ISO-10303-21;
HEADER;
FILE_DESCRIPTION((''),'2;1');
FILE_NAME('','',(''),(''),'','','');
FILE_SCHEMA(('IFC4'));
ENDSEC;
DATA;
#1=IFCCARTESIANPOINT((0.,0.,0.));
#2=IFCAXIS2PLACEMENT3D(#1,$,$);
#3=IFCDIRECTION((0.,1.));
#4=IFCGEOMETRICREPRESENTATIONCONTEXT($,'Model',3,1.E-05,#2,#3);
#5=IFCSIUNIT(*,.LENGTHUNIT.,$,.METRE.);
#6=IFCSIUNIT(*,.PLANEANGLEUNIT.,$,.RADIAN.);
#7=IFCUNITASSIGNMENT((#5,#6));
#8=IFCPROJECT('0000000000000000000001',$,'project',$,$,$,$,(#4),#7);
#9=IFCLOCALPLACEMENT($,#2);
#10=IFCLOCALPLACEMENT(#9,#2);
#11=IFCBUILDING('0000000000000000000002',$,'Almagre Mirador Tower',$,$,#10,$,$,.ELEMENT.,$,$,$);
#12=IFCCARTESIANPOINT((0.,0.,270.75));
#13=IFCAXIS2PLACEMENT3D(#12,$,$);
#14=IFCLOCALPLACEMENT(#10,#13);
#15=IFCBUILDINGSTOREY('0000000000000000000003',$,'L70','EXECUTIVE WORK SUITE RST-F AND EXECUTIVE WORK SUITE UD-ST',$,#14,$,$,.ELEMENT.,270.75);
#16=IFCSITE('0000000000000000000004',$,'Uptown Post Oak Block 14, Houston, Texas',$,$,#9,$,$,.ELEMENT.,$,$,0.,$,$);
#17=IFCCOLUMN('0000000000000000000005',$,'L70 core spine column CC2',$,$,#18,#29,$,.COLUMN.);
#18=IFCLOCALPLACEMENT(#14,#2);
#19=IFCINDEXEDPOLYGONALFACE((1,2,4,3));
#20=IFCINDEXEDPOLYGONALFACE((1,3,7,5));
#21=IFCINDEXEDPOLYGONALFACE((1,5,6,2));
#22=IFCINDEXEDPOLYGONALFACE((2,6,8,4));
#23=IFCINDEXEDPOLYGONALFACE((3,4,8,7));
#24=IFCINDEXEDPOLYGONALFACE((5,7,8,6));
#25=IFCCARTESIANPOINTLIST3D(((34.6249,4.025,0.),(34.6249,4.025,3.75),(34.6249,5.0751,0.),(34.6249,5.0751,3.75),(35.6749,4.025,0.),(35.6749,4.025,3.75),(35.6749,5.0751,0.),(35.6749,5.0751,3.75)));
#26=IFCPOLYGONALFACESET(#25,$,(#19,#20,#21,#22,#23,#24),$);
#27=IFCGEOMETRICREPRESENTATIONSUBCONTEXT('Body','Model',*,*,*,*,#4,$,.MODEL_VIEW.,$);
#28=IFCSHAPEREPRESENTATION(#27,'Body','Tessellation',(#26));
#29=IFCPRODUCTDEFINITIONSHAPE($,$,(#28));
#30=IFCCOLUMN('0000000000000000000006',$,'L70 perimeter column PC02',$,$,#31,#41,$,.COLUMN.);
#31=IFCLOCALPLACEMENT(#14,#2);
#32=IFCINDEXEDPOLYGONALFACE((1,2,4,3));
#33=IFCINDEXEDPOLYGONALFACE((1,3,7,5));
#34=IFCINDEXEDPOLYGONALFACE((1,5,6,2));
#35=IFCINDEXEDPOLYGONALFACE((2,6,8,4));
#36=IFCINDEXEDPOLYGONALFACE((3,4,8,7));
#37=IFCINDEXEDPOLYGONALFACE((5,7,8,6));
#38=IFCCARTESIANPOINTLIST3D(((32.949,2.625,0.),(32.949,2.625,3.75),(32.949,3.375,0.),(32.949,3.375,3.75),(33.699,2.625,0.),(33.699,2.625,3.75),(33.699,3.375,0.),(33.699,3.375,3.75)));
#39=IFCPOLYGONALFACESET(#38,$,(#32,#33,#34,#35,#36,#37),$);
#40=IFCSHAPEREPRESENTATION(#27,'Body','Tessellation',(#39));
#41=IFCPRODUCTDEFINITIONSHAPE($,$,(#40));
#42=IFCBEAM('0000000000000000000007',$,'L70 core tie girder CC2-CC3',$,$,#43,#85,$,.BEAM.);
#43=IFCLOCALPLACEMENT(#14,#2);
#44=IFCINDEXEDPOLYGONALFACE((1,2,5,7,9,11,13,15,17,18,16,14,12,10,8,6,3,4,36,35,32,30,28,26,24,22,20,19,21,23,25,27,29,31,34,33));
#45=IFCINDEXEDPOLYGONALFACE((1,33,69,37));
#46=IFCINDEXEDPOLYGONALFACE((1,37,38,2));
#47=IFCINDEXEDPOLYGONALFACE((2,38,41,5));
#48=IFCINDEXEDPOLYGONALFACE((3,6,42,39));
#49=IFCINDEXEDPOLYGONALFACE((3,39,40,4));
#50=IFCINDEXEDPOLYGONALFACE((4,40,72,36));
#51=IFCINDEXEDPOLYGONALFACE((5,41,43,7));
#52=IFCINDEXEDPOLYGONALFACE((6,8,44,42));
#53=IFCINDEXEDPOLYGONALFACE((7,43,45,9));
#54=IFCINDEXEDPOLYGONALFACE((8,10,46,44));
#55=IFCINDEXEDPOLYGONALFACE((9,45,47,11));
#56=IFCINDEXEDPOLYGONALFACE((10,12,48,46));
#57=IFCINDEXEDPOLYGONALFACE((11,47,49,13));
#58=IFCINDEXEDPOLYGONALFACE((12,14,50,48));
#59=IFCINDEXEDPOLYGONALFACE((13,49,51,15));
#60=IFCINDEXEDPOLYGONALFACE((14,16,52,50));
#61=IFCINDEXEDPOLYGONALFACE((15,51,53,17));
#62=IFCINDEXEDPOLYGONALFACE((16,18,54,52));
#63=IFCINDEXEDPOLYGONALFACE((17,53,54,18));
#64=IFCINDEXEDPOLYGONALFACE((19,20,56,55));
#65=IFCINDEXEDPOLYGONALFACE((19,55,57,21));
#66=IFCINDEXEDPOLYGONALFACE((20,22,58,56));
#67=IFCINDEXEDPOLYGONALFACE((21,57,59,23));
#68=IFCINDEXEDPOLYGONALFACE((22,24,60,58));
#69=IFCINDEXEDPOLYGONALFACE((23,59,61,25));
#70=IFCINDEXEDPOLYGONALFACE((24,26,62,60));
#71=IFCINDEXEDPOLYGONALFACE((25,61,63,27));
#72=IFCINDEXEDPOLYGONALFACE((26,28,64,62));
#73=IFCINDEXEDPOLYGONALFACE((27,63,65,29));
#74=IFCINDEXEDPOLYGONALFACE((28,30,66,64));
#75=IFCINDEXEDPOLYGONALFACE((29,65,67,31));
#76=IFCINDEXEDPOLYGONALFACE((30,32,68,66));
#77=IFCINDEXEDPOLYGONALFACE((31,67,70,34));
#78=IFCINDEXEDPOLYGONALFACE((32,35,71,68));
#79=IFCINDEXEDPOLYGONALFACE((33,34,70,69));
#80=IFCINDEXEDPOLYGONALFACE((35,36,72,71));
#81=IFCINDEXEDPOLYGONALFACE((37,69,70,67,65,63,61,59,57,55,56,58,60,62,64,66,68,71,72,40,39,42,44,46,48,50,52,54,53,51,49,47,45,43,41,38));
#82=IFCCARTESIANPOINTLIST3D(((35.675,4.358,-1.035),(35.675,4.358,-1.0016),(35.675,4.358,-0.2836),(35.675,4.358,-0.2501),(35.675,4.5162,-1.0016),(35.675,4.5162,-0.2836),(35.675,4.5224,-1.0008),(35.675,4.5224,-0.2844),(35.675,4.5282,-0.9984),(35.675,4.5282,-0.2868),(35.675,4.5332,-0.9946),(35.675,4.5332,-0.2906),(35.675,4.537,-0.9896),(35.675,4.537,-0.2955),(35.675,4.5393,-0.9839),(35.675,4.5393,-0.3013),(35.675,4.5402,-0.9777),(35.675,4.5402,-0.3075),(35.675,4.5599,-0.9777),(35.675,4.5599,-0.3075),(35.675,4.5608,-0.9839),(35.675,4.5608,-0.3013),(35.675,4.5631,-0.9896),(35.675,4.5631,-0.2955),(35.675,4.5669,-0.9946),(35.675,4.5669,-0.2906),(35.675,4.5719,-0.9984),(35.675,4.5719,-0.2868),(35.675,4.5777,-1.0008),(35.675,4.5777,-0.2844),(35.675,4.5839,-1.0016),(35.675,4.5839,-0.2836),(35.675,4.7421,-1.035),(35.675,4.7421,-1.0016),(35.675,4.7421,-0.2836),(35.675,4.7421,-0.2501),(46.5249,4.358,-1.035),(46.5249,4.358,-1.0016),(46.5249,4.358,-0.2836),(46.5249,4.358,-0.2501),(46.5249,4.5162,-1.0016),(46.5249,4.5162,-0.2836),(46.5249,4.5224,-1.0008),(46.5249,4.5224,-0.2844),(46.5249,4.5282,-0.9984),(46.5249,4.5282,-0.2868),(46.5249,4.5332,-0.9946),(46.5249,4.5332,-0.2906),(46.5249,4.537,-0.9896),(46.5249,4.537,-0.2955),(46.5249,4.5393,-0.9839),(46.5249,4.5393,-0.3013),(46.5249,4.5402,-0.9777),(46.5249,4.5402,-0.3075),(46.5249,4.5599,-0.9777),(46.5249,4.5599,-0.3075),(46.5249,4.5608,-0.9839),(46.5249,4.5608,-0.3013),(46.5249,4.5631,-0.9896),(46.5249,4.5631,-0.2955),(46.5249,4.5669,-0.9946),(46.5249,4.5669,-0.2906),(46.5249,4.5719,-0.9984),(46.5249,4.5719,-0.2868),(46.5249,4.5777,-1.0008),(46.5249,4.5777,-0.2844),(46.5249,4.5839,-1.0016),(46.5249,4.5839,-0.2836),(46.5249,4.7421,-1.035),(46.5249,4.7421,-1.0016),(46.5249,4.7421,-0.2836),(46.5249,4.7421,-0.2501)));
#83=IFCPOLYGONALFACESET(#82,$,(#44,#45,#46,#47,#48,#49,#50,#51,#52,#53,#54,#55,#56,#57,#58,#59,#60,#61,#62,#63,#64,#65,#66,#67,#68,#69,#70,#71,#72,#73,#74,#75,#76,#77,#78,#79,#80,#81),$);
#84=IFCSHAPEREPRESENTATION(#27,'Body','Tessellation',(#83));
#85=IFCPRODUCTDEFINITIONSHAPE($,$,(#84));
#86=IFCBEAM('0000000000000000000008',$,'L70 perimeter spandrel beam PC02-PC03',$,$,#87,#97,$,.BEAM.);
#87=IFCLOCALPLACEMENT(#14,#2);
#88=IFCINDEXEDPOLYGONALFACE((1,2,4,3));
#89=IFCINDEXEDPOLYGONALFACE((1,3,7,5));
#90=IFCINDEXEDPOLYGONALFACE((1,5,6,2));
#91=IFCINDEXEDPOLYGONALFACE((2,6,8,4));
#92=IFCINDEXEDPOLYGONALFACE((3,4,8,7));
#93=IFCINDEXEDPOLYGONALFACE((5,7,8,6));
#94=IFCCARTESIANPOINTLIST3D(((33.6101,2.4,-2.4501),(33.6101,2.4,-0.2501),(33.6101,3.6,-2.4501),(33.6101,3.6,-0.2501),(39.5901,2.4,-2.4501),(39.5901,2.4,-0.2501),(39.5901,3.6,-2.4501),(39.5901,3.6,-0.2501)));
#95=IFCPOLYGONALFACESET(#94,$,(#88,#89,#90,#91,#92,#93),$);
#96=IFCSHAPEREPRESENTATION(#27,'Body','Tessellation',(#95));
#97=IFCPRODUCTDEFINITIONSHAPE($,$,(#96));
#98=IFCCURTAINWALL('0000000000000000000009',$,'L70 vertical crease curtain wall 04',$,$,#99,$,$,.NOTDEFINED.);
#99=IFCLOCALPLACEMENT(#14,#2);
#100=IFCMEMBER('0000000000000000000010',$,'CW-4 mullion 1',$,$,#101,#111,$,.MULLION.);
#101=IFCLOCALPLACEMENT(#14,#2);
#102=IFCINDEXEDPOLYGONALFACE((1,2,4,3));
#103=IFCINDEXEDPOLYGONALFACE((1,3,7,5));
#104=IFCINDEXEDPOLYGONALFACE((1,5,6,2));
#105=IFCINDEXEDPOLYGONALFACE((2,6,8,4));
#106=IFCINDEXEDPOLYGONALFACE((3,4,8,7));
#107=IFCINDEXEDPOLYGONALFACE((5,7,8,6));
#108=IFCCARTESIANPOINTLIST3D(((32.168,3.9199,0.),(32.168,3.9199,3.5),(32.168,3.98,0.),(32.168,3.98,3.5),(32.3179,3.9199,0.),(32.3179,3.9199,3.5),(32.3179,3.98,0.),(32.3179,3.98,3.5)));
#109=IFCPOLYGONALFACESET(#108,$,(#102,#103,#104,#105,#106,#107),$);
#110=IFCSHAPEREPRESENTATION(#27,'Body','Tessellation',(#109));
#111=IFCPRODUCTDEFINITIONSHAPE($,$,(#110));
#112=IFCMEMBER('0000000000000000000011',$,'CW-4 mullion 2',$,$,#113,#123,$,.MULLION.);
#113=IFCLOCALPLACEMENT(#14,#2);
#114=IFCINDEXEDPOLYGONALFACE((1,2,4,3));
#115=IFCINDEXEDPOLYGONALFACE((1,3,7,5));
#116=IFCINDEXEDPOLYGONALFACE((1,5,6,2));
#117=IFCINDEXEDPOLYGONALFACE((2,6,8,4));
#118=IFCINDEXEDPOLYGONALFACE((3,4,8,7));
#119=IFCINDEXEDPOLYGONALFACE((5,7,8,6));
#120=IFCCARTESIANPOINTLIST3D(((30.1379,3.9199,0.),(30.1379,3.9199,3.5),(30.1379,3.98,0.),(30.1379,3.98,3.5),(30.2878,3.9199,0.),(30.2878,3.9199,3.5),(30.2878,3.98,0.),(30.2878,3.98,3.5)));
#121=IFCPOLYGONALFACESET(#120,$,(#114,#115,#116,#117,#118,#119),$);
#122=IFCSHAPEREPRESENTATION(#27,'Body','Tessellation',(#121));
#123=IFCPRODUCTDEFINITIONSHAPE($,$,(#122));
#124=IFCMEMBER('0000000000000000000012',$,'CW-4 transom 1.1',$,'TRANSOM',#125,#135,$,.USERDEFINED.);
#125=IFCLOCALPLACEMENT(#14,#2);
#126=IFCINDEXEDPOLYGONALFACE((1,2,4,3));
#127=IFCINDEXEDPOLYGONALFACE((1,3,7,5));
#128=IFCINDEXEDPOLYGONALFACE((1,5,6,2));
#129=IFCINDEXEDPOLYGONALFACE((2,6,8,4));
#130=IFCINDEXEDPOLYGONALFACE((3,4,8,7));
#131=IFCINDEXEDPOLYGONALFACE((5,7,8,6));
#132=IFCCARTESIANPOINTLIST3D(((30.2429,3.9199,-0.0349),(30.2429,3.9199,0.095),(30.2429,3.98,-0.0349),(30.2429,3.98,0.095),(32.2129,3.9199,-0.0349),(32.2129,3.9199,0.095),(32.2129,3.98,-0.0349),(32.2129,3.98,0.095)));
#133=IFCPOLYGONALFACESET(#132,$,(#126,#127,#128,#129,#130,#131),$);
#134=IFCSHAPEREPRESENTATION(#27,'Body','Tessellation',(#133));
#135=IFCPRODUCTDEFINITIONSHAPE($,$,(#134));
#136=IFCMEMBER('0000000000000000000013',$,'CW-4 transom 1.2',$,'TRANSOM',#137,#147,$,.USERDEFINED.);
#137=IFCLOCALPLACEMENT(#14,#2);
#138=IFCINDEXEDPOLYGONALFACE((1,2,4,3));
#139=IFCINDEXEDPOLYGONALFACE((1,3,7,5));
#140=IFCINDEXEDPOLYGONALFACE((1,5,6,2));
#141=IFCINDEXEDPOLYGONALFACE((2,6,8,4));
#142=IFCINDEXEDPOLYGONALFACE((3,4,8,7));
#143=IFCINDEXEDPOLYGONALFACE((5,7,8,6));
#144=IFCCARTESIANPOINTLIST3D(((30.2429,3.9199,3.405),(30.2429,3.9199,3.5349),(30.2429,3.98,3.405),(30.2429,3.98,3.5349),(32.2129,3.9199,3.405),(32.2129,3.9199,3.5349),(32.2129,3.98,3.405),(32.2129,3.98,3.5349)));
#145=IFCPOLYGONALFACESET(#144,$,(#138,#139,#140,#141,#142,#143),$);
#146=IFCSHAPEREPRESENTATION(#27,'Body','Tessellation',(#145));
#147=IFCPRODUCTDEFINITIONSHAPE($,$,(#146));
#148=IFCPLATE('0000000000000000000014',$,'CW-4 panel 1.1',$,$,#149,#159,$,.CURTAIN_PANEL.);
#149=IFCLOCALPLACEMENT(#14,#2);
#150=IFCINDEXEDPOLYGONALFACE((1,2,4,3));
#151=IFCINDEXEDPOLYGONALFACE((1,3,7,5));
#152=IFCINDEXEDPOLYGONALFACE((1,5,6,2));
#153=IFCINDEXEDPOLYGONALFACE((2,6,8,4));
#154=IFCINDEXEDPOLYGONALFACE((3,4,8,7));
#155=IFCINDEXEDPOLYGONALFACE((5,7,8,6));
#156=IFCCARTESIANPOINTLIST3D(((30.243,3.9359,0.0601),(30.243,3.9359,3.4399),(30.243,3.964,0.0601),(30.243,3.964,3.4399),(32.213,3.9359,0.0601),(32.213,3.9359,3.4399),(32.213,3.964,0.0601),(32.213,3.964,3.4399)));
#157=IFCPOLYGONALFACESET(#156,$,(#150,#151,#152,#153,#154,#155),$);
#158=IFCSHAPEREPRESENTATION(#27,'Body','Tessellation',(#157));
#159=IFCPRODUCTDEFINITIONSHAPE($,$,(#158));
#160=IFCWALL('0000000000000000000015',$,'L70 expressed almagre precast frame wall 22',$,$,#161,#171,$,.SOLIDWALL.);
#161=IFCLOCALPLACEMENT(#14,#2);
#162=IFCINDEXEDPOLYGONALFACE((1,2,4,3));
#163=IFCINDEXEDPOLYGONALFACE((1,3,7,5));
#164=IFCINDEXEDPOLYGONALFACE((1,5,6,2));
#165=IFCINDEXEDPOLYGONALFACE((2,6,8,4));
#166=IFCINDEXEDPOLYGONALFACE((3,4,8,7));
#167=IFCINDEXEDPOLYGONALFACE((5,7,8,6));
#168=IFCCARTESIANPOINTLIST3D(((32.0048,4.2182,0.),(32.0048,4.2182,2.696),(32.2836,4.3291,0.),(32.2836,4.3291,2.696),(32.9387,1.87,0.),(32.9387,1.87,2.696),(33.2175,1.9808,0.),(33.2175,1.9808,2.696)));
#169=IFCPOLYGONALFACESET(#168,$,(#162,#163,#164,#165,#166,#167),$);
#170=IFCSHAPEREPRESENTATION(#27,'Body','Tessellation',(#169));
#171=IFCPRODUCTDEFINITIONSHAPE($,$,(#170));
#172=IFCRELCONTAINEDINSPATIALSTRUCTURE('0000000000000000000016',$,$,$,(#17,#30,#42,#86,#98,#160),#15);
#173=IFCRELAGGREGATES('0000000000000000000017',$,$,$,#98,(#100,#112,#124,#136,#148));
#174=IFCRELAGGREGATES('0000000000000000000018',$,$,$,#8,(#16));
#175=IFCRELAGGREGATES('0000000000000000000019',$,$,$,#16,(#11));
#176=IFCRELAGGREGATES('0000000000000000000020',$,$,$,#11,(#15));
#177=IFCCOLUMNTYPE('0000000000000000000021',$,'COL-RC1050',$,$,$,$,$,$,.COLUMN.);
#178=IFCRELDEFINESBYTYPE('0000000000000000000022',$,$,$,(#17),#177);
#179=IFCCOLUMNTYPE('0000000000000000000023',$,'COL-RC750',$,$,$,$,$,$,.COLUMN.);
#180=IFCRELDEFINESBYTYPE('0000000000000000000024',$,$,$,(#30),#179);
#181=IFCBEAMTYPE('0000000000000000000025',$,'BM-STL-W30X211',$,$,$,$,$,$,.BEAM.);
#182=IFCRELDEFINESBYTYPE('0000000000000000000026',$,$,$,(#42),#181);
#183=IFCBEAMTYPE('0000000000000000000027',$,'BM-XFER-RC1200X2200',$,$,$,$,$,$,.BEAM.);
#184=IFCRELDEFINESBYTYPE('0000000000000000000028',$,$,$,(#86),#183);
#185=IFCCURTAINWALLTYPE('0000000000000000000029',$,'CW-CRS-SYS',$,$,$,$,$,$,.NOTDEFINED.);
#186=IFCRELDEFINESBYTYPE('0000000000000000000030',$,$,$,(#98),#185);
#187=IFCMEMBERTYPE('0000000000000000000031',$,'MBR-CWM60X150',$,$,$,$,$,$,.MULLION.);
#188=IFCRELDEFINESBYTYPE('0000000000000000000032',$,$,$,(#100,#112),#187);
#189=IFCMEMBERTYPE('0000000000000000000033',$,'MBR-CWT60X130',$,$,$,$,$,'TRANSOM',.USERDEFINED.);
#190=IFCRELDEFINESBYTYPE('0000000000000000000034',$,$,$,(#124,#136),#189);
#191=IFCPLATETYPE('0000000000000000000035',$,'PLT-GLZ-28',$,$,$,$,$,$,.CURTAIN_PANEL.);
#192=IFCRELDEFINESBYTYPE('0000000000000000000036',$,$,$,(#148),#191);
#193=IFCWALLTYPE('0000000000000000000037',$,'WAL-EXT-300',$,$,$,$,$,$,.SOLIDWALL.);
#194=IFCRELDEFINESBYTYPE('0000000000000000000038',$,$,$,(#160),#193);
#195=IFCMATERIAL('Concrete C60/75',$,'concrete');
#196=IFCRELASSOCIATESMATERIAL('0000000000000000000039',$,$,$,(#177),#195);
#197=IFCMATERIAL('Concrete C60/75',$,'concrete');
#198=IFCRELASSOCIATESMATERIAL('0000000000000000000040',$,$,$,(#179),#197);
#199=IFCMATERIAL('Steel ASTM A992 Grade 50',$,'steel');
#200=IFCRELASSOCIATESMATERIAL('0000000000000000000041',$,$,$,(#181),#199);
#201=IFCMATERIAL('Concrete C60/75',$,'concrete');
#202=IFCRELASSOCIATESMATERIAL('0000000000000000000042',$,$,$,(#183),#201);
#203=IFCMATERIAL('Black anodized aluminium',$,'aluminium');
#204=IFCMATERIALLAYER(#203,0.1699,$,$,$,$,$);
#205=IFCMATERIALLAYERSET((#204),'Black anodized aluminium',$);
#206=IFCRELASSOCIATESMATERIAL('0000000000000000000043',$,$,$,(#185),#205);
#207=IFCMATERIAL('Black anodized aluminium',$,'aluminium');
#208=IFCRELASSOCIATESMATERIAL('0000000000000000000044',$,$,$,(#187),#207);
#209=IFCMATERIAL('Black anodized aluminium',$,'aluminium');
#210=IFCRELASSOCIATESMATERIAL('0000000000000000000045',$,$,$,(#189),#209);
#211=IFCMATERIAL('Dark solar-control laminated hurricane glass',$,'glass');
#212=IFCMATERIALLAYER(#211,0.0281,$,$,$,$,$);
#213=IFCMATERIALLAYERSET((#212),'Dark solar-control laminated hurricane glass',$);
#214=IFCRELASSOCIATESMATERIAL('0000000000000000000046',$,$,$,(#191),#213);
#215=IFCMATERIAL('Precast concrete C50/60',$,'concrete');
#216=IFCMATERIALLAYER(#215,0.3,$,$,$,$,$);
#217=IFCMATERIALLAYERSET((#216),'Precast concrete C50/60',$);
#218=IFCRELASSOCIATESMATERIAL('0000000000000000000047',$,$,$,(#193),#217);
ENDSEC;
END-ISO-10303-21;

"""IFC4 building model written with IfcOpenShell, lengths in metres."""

from ifc_helpers import new_model, si_unit, direction, frame, frame_2d, origin, origin_2d, place, context, subcontext, project, spatial, rectangle, i_section, extrude, material, layer, layer_set, material_profile, profile_set, type_object, element, aggregate, save


model = new_model("IFC4")

# Units and contexts
model_context = context("Model", 3, precision=1e-05, world=origin(), true_north=direction((0.0, 1.0)))
body_context = subcontext(model_context, "Body", "Model", "MODEL_VIEW")
ifc_project = project(units=[si_unit("LENGTHUNIT", "METRE"), si_unit("PLANEANGLEUNIT", "RADIAN")], contexts=[model_context])

# Site, building, storey
site_placement = place(None, origin())
site = spatial("IfcSite", under=ifc_project, at=site_placement, Name="Uptown Post Oak Block 14, Houston, Texas", CompositionType="ELEMENT", RefElevation=0.0)
building_placement = place(site_placement, origin())
building = spatial("IfcBuilding", under=site, at=building_placement, Name="Almagre Mirador Tower", CompositionType="ELEMENT")
storey_placement = place(building_placement, frame((0.0, 0.0, 270.75)))
storey = spatial("IfcBuildingStorey", under=building, at=storey_placement, Name="L70", Description="EXECUTIVE WORK SUITE RST-F AND EXECUTIVE WORK SUITE UD-ST", CompositionType="ELEMENT", Elevation=270.75)

# Columns
ifc_material_1 = material(Name="Concrete C60/75", Category="concrete")
ifc_material_profile_1 = material_profile(ifc_material_1, rectangle(XDim=1.05, YDim=1.05, at=origin_2d()), Name="RC1050X1050")
ifc_profile_set_1 = profile_set([ifc_material_profile_1], Name="Concrete C60/75")
column_type_1 = type_object("IfcColumnType", Name="COL-RC1050", PredefinedType="COLUMN", material=ifc_profile_set_1)
column_1_placement = place(storey_placement, frame((35.1499, 4.55, 0.0), z_axis=(0.0, 0.0, 1.0), x_axis=(1.0, 0.0, 0.0)))
element("IfcColumn", 1, at=column_1_placement, inside=storey, type_object=column_type_1, Name="L70 core spine column CC2", PredefinedType="COLUMN", context=body_context, shape_type="SweptSolid", body=[
    extrude(rectangle(XDim=1.05, YDim=1.05, at=origin_2d()), origin(), (0.0, 0.0, 1.0), 3.75),
])
ifc_material_2 = material(Name="Concrete C60/75", Category="concrete")
ifc_material_profile_2 = material_profile(ifc_material_2, rectangle(XDim=0.75, YDim=0.75, at=origin_2d()), Name="RC750X750")
ifc_profile_set_2 = profile_set([ifc_material_profile_2], Name="Concrete C60/75")
column_type_2 = type_object("IfcColumnType", Name="COL-RC750", PredefinedType="COLUMN", material=ifc_profile_set_2)
column_2_placement = place(storey_placement, frame((33.324, 3.0, 0.0), z_axis=(0.0, 0.0, 1.0), x_axis=(1.0, 0.0, 0.0)))
element("IfcColumn", 2, at=column_2_placement, inside=storey, type_object=column_type_2, Name="L70 perimeter column PC02", PredefinedType="COLUMN", context=body_context, shape_type="SweptSolid", body=[
    extrude(rectangle(XDim=0.75, YDim=0.75, at=origin_2d()), origin(), (0.0, 0.0, 1.0), 3.75),
])

# Beams
ifc_material_3 = material(Name="Steel ASTM A992 Grade 50", Category="steel")
ifc_material_profile_3 = material_profile(ifc_material_3, i_section(OverallWidth=0.384, OverallDepth=0.7849, WebThickness=0.0198, FlangeThickness=0.0334, FilletRadius=0.0239, at=origin_2d()), Name="W30X211")
ifc_profile_set_3 = profile_set([ifc_material_profile_3], Name="Steel ASTM A992 Grade 50")
beam_type_1 = type_object("IfcBeamType", Name="BM-STL-W30X211", PredefinedType="BEAM", material=ifc_profile_set_3)
beam_1_placement = place(storey_placement, frame((35.675, 4.55, -0.6426), z_axis=(1.0, 0.0, 0.0), x_axis=(0.0, 1.0, 0.0)))
element("IfcBeam", 3, at=beam_1_placement, inside=storey, type_object=beam_type_1, Name="L70 core tie girder CC2-CC3", PredefinedType="BEAM", context=body_context, shape_type="SweptSolid", body=[
    extrude(i_section(OverallWidth=0.384, OverallDepth=0.7849, WebThickness=0.0198, FlangeThickness=0.0334, FilletRadius=0.0239, at=origin_2d()), origin(), (0.0, 0.0, 1.0), 10.8499),
])
ifc_material_4 = material(Name="Concrete C60/75", Category="concrete")
ifc_material_profile_4 = material_profile(ifc_material_4, rectangle(XDim=1.2, YDim=2.2, at=origin_2d()), Name="RC1200X2200")
ifc_profile_set_4 = profile_set([ifc_material_profile_4], Name="Concrete C60/75")
beam_type_2 = type_object("IfcBeamType", Name="BM-XFER-RC1200X2200", PredefinedType="BEAM", material=ifc_profile_set_4)
beam_2_placement = place(storey_placement, frame((33.6101, 3.0, -1.3501), z_axis=(1.0, 0.0, 0.0), x_axis=(0.0, 1.0, 0.0)))
element("IfcBeam", 4, at=beam_2_placement, inside=storey, type_object=beam_type_2, Name="L70 perimeter spandrel beam PC02-PC03", PredefinedType="BEAM", context=body_context, shape_type="SweptSolid", body=[
    extrude(rectangle(XDim=1.2, YDim=2.2, at=origin_2d()), origin(), (0.0, 0.0, 1.0), 5.98),
])

# Curtain wall, members, plate
ifc_material_5 = material(Name="Black anodized aluminium", Category="aluminium")
ifc_layer_1 = layer(ifc_material_5, 0.1699)
ifc_layer_set_1 = layer_set([ifc_layer_1], Name="Black anodized aluminium")
curtain_wall_type = type_object("IfcCurtainWallType", Name="CW-CRS-SYS", PredefinedType="NOTDEFINED", material=ifc_layer_set_1)
curtain_wall_placement = place(storey_placement, origin())
curtain_wall = element("IfcCurtainWall", 5, at=curtain_wall_placement, inside=storey, type_object=curtain_wall_type, Name="L70 vertical crease curtain wall 04", PredefinedType="NOTDEFINED")
ifc_material_6 = material(Name="Black anodized aluminium", Category="aluminium")
ifc_material_profile_5 = material_profile(ifc_material_6, rectangle(XDim=0.0601, YDim=0.1499, at=origin_2d()), Name="CWM60X150")
ifc_profile_set_5 = profile_set([ifc_material_profile_5], Name="Black anodized aluminium")
member_type_1 = type_object("IfcMemberType", Name="MBR-CWM60X150", PredefinedType="MULLION", material=ifc_profile_set_5)
member_1_placement = place(storey_placement, frame((32.2429, 3.95, 0.0), z_axis=(0.0, 0.0, 1.0), x_axis=(0.0, -1.0, 0.0)))
member_1 = element("IfcMember", 6, at=member_1_placement, type_object=member_type_1, Name="CW-4 mullion 1", PredefinedType="MULLION", context=body_context, shape_type="SweptSolid", body=[
    extrude(rectangle(XDim=0.0601, YDim=0.1499, at=origin_2d()), origin(), (0.0, 0.0, 1.0), 3.5),
])
member_2_placement = place(storey_placement, frame((30.2129, 3.95, 0.0), z_axis=(0.0, 0.0, 1.0), x_axis=(0.0, -1.0, 0.0)))
member_2 = element("IfcMember", 7, at=member_2_placement, type_object=member_type_1, Name="CW-4 mullion 2", PredefinedType="MULLION", context=body_context, shape_type="SweptSolid", body=[
    extrude(rectangle(XDim=0.0601, YDim=0.1499, at=origin_2d()), origin(), (0.0, 0.0, 1.0), 3.5),
])
ifc_material_7 = material(Name="Black anodized aluminium", Category="aluminium")
ifc_material_profile_6 = material_profile(ifc_material_7, rectangle(XDim=0.0601, YDim=0.1299, at=origin_2d()), Name="CWT60X130")
ifc_profile_set_6 = profile_set([ifc_material_profile_6], Name="Black anodized aluminium")
member_type_2 = type_object("IfcMemberType", Name="MBR-CWT60X130", ElementType="TRANSOM", PredefinedType="USERDEFINED", material=ifc_profile_set_6)
member_3_placement = place(storey_placement, frame((32.2129, 3.95, 0.03), z_axis=(-1.0, 0.0, 0.0), x_axis=(0.0, -1.0, 0.0)))
member_3 = element("IfcMember", 8, at=member_3_placement, type_object=member_type_2, Name="CW-4 transom 1.1", ObjectType="TRANSOM", PredefinedType="USERDEFINED", context=body_context, shape_type="SweptSolid", body=[
    extrude(rectangle(XDim=0.0601, YDim=0.1299, at=origin_2d()), origin(), (0.0, 0.0, 1.0), 1.97),
])
member_4_placement = place(storey_placement, frame((32.2129, 3.95, 3.47), z_axis=(-1.0, 0.0, 0.0), x_axis=(0.0, -1.0, 0.0)))
member_4 = element("IfcMember", 9, at=member_4_placement, type_object=member_type_2, Name="CW-4 transom 1.2", ObjectType="TRANSOM", PredefinedType="USERDEFINED", context=body_context, shape_type="SweptSolid", body=[
    extrude(rectangle(XDim=0.0601, YDim=0.1299, at=origin_2d()), origin(), (0.0, 0.0, 1.0), 1.97),
])
ifc_material_8 = material(Name="Dark solar-control laminated hurricane glass", Category="glass")
ifc_layer_2 = layer(ifc_material_8, 0.0281)
ifc_layer_set_2 = layer_set([ifc_layer_2], Name="Dark solar-control laminated hurricane glass")
plate_type = type_object("IfcPlateType", Name="PLT-GLZ-28", PredefinedType="CURTAIN_PANEL", material=ifc_layer_set_2)
plate_placement = place(storey_placement, frame((31.228, 3.95, 0.0601), z_axis=(0.0, 0.0, 1.0), x_axis=(-1.0, 0.0, 0.0)))
plate = element("IfcPlate", 10, at=plate_placement, type_object=plate_type, Name="CW-4 panel 1.1", PredefinedType="CURTAIN_PANEL", context=body_context, shape_type="SweptSolid", body=[
    extrude(rectangle(XDim=1.97, YDim=0.0281, at=origin_2d()), origin(), (0.0, 0.0, 1.0), 3.3799),
])
aggregate(curtain_wall, [member_1, member_2, member_3, member_4, plate])

# Wall
ifc_material_9 = material(Name="Precast concrete C50/60", Category="concrete")
ifc_layer_3 = layer(ifc_material_9, 0.3)
ifc_layer_set_3 = layer_set([ifc_layer_3], Name="Precast concrete C50/60")
wall_type_1 = type_object("IfcWallType", Name="WAL-EXT-300", PredefinedType="SOLIDWALL", material=ifc_layer_set_3)
wall_1_placement = place(storey_placement, frame((33.0781, 1.9253, 0.0), z_axis=(0.0, 0.0, 1.0), x_axis=(-0.369541, 0.929214, 0.0)))
element("IfcWall", 11, at=wall_1_placement, inside=storey, type_object=wall_type_1, Name="L70 expressed almagre precast frame wall 22", PredefinedType="SOLIDWALL", context=body_context, shape_type="SweptSolid", body=[
    extrude(rectangle(XDim=2.5271, YDim=0.3, at=frame_2d((1.2637, 0.0))), origin(), (0.0, 0.0, 1.0), 2.696),
])

save(model, "model.ifc")
